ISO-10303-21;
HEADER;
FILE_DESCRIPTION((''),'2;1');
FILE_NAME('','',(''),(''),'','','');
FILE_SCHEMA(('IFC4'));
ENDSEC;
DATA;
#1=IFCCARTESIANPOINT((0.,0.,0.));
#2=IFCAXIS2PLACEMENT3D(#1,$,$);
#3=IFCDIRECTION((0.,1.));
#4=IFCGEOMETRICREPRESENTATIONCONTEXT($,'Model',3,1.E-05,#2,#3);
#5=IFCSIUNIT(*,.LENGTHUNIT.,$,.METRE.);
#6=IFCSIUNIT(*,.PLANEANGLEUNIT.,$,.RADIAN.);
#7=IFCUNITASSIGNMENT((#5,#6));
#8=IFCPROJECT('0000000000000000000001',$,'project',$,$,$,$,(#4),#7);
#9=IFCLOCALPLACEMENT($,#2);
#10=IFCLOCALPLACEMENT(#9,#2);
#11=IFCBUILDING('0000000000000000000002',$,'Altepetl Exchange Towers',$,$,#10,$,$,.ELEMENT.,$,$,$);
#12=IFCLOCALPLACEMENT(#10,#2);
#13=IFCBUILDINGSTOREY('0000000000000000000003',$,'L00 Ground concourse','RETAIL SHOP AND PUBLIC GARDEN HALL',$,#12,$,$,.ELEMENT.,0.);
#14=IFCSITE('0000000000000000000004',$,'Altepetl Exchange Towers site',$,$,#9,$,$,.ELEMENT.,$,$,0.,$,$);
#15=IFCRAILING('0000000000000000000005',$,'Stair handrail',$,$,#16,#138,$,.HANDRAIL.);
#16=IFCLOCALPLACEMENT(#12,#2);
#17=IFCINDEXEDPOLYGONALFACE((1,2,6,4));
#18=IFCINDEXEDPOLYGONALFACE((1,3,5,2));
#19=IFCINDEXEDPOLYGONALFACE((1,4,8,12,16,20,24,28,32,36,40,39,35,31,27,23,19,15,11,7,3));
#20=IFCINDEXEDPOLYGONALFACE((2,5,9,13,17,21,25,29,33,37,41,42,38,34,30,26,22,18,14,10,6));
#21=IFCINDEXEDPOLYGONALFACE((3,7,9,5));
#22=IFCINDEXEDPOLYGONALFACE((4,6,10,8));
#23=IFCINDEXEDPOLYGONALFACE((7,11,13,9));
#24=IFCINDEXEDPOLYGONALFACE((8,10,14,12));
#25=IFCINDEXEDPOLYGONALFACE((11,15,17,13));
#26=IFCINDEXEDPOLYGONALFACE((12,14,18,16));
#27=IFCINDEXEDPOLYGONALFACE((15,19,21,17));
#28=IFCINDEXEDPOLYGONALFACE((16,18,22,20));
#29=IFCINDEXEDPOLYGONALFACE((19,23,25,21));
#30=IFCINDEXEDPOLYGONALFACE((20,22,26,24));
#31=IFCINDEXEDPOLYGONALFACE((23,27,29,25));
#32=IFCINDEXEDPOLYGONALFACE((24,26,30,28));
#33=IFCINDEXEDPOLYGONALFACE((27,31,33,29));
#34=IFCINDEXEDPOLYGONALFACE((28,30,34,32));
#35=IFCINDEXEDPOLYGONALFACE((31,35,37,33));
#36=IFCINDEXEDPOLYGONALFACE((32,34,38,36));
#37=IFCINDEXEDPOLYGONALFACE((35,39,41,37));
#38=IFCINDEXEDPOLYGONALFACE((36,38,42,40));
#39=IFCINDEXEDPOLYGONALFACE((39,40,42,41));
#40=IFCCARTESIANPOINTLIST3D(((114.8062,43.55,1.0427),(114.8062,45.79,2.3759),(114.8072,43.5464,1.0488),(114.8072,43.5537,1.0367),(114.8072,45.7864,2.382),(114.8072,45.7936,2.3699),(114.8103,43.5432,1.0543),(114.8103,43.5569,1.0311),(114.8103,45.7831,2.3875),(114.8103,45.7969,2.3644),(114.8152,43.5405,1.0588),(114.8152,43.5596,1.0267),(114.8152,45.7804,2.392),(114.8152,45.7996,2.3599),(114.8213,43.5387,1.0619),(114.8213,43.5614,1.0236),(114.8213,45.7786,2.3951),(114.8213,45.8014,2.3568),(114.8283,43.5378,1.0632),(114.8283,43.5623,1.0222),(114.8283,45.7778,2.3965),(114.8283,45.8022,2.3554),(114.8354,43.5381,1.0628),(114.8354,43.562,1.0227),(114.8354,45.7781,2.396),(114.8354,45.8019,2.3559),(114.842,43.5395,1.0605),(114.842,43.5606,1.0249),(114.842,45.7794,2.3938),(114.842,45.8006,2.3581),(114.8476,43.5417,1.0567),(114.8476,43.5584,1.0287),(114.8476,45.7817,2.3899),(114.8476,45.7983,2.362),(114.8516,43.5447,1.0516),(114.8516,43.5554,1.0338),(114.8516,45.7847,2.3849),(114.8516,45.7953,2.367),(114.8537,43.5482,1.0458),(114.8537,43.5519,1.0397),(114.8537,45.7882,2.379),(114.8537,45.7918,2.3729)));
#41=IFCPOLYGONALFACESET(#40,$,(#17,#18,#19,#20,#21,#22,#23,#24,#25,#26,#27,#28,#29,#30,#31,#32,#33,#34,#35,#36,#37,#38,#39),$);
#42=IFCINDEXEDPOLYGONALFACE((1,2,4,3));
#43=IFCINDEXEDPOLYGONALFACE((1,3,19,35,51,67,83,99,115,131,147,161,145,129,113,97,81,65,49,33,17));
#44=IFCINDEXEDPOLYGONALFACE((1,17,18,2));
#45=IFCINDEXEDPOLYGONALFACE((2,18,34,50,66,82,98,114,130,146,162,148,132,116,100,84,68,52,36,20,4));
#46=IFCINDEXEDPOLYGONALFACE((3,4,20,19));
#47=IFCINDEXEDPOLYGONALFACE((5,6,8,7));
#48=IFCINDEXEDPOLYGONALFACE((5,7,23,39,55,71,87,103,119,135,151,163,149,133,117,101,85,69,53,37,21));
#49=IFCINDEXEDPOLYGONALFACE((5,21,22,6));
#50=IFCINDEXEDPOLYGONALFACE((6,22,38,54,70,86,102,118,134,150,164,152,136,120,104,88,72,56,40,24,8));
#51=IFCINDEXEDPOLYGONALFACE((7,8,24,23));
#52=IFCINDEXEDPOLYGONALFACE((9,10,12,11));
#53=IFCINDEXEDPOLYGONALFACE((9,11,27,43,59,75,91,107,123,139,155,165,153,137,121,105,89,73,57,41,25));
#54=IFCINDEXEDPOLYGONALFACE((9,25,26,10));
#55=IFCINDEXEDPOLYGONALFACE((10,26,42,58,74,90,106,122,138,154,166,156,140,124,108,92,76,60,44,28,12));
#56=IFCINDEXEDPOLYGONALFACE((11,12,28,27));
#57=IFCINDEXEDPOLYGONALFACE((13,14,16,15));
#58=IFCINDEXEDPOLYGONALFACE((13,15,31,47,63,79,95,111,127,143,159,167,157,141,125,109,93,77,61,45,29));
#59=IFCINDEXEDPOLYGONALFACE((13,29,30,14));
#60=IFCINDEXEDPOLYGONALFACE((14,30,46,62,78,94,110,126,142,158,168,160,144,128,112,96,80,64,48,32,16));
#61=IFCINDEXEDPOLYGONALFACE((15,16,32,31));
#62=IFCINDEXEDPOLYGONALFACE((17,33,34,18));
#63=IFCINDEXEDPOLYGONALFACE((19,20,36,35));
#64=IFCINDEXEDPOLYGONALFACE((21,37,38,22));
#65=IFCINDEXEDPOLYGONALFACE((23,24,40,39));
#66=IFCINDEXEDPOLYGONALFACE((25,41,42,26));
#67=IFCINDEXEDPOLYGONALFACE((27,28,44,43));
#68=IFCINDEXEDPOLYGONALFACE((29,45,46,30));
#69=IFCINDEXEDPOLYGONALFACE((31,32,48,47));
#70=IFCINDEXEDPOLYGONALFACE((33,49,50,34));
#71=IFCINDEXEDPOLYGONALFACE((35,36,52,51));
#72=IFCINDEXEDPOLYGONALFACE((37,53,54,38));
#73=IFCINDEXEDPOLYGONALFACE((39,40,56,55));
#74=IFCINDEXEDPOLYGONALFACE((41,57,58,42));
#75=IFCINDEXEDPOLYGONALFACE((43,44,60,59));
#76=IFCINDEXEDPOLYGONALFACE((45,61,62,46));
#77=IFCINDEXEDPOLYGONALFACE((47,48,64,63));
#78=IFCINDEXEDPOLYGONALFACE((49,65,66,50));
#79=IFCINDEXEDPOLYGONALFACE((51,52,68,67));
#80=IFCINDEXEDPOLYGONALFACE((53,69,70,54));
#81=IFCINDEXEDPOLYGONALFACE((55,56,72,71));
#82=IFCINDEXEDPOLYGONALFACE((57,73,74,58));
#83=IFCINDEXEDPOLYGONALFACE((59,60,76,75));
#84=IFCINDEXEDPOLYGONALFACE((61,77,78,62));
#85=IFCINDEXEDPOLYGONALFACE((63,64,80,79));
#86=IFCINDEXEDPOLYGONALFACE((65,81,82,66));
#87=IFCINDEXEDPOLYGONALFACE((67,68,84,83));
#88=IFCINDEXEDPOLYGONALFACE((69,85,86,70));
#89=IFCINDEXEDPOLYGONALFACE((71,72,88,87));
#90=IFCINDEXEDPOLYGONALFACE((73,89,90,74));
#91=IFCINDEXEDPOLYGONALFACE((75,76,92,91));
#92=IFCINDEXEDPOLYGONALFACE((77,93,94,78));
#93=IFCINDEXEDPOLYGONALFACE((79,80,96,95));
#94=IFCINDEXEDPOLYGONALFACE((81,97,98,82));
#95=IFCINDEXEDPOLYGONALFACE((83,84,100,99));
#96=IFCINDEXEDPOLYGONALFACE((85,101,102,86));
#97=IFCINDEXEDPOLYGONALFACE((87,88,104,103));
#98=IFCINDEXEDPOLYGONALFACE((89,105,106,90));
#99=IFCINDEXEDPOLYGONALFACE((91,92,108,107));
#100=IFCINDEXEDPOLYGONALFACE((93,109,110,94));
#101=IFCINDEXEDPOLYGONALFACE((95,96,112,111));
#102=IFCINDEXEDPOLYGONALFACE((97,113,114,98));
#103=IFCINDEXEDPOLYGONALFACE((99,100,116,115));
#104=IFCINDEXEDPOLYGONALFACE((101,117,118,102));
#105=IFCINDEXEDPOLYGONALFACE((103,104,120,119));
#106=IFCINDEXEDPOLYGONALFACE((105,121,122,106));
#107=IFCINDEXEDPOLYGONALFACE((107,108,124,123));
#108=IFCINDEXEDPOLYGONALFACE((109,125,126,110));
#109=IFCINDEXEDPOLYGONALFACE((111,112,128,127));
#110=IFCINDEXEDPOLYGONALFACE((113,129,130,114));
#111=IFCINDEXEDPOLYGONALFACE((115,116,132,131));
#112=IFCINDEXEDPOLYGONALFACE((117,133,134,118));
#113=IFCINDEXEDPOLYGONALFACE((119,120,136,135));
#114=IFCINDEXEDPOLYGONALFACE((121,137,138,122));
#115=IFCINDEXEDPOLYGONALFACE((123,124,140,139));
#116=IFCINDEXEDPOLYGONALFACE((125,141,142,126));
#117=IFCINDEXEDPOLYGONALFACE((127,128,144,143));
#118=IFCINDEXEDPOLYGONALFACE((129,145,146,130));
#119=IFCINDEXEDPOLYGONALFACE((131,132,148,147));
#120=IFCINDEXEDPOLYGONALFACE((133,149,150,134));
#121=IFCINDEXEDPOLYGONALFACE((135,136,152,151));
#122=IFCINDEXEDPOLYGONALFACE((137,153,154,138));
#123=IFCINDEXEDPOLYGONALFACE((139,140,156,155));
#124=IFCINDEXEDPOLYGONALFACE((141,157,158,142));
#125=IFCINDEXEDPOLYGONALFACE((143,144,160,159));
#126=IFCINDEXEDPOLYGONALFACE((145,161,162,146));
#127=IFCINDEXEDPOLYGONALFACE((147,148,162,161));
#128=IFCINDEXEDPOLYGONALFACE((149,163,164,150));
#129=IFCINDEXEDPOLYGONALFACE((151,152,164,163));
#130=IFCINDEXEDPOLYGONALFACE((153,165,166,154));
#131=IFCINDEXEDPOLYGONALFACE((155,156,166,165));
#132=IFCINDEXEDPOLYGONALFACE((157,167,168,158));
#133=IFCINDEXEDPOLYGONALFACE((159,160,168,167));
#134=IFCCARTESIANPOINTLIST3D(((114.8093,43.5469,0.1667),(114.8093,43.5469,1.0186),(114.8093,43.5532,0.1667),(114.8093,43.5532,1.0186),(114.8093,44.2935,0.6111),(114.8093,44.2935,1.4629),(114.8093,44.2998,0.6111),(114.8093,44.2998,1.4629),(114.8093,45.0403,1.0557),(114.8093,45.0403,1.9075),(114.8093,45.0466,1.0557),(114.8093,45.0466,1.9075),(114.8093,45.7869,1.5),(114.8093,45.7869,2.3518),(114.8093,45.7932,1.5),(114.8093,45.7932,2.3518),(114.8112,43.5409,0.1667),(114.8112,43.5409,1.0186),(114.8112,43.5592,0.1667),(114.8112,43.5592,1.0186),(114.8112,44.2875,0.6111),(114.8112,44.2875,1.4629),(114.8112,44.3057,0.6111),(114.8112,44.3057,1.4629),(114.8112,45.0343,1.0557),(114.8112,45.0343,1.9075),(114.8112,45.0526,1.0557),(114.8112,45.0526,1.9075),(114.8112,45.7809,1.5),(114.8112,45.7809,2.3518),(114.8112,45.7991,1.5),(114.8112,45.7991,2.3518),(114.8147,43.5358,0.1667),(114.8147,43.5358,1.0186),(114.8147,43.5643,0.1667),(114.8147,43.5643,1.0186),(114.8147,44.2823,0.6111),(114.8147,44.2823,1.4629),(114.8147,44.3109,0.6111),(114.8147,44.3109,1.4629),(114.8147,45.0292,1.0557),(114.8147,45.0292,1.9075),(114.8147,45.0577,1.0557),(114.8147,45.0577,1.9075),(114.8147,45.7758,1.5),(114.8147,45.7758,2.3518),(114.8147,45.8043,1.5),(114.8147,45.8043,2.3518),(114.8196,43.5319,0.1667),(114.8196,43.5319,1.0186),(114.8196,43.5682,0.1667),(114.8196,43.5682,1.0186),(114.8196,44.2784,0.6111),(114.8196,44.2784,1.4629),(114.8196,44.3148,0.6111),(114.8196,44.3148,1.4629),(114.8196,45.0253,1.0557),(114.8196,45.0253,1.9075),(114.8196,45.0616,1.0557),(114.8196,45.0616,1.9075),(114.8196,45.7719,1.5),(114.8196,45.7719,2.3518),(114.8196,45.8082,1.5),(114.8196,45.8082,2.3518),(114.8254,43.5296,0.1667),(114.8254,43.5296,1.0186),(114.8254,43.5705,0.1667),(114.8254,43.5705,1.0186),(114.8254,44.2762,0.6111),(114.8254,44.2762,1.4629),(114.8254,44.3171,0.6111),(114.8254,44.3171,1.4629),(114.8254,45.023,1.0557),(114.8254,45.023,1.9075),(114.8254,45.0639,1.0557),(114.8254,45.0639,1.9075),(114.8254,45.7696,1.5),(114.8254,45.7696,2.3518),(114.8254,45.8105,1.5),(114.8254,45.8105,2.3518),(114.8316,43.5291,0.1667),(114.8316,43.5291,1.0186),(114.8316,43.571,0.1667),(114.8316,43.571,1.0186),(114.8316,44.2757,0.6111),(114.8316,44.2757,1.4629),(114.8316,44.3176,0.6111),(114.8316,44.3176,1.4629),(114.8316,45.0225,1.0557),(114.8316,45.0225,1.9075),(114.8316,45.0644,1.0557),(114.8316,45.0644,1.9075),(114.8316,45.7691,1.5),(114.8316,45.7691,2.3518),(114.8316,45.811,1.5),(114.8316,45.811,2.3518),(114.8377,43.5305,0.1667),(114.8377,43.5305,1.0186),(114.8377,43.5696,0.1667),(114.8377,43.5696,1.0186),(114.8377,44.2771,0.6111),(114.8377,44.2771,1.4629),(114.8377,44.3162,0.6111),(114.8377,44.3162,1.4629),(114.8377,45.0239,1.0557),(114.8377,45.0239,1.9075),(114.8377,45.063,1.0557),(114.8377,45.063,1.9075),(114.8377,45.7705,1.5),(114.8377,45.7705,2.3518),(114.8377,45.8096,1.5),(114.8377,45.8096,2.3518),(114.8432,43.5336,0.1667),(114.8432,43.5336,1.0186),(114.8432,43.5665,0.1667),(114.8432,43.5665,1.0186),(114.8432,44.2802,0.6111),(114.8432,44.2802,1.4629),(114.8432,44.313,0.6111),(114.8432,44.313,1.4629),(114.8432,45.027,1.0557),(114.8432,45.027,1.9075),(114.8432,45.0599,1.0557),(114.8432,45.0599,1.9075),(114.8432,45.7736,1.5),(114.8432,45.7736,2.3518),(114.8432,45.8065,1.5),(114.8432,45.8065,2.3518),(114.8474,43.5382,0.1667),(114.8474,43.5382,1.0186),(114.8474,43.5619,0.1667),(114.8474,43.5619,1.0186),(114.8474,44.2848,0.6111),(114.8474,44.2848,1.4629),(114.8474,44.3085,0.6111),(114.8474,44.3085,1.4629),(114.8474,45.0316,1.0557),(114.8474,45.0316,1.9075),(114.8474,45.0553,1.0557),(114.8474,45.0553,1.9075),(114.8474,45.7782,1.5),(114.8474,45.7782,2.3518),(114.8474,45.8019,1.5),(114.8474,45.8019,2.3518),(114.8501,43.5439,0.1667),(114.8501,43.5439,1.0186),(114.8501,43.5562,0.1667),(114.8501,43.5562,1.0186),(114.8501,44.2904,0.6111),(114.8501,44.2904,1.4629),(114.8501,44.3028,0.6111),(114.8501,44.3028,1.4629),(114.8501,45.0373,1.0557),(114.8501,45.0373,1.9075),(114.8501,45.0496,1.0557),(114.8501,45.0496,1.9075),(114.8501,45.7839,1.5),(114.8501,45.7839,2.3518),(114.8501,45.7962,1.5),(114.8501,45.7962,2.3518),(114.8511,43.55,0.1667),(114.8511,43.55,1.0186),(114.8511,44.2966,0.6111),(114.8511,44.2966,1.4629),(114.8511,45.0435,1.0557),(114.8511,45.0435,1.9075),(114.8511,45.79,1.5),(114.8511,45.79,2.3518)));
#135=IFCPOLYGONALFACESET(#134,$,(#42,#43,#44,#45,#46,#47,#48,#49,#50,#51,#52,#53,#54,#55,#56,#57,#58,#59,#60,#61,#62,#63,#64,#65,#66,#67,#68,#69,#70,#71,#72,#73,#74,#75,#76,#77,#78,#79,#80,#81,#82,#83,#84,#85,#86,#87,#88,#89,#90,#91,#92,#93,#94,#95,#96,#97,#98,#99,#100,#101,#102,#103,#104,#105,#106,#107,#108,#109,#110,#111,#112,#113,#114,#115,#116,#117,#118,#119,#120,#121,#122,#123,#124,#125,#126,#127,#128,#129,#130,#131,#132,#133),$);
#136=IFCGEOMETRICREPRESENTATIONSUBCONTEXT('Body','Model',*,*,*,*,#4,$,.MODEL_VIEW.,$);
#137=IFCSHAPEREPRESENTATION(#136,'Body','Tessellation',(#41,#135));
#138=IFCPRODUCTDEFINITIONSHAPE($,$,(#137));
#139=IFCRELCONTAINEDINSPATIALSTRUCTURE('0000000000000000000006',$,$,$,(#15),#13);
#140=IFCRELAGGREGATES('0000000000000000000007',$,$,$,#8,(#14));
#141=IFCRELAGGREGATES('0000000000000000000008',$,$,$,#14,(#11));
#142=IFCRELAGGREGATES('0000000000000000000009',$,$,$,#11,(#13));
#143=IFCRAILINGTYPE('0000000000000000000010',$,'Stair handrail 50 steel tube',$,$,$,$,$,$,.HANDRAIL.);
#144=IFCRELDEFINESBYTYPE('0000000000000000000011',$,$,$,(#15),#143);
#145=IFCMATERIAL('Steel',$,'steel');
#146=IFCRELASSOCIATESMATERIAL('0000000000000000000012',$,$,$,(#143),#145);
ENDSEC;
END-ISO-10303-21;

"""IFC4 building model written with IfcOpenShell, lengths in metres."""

from ifc_helpers import new_model, si_unit, direction, frame, origin, origin_2d, place, context, subcontext, project, spatial, circle, extrude, source, transform, mapped, material, type_object, element, save


model = new_model("IFC4")

# Units and contexts
model_context = context("Model", 3, precision=1e-05, world=origin(), true_north=direction((0.0, 1.0)))
body_context = subcontext(model_context, "Body", "Model", "MODEL_VIEW")
ifc_project = project(units=[si_unit("LENGTHUNIT", "METRE"), si_unit("PLANEANGLEUNIT", "RADIAN")], contexts=[model_context])

# Site, building, storey
site_placement = place(None, origin())
site = spatial("IfcSite", under=ifc_project, at=site_placement, Name="Altepetl Exchange Towers site", CompositionType="ELEMENT", RefElevation=0.0)
building_placement = place(site_placement, origin())
building = spatial("IfcBuilding", under=site, at=building_placement, Name="Altepetl Exchange Towers", CompositionType="ELEMENT")
storey_placement = place(building_placement, origin())
storey = spatial("IfcBuildingStorey", under=building, at=storey_placement, Name="L00 Ground concourse", Description="RETAIL SHOP AND PUBLIC GARDEN HALL", CompositionType="ELEMENT", Elevation=0.0)

# Railing
ifc_material_1 = material(Name="Steel", Category="steel")
railing_type = type_object("IfcRailingType", Name="Stair handrail 50 steel tube", PredefinedType="HANDRAIL", material=ifc_material_1)
shared_shape = source(origin(), body_context, "Body", "SweptSolid", [
    extrude(circle(Radius=0.021, at=origin_2d()), origin(), (0.0, 0.0, 1.0), 0.8518),
])
railing_1_placement = place(storey_placement, frame((114.8301, 43.55, 0.1667)))
element("IfcRailing", 1, at=railing_1_placement, inside=storey, type_object=railing_type, Name="Stair handrail", PredefinedType="HANDRAIL", context=body_context, shape_type="SweptSolid", body=[
    extrude(circle(Radius=0.0239, at=origin_2d()), frame((0.0, 0.0, 0.876), z_axis=(0.0, 0.859306, 0.511462), x_axis=(-1.0, 0.0, 0.0)), (0.0, 0.0, 1.0), 2.6067),
    mapped(shared_shape, transform((0.0, 0.0, 0.0))),
    mapped(shared_shape, transform((0.0, 0.7466, 0.4443))),
    mapped(shared_shape, transform((0.0, 1.4934, 0.8889))),
    mapped(shared_shape, transform((0.0, 2.24, 1.3333))),
])

save(model, "model.ifc")
